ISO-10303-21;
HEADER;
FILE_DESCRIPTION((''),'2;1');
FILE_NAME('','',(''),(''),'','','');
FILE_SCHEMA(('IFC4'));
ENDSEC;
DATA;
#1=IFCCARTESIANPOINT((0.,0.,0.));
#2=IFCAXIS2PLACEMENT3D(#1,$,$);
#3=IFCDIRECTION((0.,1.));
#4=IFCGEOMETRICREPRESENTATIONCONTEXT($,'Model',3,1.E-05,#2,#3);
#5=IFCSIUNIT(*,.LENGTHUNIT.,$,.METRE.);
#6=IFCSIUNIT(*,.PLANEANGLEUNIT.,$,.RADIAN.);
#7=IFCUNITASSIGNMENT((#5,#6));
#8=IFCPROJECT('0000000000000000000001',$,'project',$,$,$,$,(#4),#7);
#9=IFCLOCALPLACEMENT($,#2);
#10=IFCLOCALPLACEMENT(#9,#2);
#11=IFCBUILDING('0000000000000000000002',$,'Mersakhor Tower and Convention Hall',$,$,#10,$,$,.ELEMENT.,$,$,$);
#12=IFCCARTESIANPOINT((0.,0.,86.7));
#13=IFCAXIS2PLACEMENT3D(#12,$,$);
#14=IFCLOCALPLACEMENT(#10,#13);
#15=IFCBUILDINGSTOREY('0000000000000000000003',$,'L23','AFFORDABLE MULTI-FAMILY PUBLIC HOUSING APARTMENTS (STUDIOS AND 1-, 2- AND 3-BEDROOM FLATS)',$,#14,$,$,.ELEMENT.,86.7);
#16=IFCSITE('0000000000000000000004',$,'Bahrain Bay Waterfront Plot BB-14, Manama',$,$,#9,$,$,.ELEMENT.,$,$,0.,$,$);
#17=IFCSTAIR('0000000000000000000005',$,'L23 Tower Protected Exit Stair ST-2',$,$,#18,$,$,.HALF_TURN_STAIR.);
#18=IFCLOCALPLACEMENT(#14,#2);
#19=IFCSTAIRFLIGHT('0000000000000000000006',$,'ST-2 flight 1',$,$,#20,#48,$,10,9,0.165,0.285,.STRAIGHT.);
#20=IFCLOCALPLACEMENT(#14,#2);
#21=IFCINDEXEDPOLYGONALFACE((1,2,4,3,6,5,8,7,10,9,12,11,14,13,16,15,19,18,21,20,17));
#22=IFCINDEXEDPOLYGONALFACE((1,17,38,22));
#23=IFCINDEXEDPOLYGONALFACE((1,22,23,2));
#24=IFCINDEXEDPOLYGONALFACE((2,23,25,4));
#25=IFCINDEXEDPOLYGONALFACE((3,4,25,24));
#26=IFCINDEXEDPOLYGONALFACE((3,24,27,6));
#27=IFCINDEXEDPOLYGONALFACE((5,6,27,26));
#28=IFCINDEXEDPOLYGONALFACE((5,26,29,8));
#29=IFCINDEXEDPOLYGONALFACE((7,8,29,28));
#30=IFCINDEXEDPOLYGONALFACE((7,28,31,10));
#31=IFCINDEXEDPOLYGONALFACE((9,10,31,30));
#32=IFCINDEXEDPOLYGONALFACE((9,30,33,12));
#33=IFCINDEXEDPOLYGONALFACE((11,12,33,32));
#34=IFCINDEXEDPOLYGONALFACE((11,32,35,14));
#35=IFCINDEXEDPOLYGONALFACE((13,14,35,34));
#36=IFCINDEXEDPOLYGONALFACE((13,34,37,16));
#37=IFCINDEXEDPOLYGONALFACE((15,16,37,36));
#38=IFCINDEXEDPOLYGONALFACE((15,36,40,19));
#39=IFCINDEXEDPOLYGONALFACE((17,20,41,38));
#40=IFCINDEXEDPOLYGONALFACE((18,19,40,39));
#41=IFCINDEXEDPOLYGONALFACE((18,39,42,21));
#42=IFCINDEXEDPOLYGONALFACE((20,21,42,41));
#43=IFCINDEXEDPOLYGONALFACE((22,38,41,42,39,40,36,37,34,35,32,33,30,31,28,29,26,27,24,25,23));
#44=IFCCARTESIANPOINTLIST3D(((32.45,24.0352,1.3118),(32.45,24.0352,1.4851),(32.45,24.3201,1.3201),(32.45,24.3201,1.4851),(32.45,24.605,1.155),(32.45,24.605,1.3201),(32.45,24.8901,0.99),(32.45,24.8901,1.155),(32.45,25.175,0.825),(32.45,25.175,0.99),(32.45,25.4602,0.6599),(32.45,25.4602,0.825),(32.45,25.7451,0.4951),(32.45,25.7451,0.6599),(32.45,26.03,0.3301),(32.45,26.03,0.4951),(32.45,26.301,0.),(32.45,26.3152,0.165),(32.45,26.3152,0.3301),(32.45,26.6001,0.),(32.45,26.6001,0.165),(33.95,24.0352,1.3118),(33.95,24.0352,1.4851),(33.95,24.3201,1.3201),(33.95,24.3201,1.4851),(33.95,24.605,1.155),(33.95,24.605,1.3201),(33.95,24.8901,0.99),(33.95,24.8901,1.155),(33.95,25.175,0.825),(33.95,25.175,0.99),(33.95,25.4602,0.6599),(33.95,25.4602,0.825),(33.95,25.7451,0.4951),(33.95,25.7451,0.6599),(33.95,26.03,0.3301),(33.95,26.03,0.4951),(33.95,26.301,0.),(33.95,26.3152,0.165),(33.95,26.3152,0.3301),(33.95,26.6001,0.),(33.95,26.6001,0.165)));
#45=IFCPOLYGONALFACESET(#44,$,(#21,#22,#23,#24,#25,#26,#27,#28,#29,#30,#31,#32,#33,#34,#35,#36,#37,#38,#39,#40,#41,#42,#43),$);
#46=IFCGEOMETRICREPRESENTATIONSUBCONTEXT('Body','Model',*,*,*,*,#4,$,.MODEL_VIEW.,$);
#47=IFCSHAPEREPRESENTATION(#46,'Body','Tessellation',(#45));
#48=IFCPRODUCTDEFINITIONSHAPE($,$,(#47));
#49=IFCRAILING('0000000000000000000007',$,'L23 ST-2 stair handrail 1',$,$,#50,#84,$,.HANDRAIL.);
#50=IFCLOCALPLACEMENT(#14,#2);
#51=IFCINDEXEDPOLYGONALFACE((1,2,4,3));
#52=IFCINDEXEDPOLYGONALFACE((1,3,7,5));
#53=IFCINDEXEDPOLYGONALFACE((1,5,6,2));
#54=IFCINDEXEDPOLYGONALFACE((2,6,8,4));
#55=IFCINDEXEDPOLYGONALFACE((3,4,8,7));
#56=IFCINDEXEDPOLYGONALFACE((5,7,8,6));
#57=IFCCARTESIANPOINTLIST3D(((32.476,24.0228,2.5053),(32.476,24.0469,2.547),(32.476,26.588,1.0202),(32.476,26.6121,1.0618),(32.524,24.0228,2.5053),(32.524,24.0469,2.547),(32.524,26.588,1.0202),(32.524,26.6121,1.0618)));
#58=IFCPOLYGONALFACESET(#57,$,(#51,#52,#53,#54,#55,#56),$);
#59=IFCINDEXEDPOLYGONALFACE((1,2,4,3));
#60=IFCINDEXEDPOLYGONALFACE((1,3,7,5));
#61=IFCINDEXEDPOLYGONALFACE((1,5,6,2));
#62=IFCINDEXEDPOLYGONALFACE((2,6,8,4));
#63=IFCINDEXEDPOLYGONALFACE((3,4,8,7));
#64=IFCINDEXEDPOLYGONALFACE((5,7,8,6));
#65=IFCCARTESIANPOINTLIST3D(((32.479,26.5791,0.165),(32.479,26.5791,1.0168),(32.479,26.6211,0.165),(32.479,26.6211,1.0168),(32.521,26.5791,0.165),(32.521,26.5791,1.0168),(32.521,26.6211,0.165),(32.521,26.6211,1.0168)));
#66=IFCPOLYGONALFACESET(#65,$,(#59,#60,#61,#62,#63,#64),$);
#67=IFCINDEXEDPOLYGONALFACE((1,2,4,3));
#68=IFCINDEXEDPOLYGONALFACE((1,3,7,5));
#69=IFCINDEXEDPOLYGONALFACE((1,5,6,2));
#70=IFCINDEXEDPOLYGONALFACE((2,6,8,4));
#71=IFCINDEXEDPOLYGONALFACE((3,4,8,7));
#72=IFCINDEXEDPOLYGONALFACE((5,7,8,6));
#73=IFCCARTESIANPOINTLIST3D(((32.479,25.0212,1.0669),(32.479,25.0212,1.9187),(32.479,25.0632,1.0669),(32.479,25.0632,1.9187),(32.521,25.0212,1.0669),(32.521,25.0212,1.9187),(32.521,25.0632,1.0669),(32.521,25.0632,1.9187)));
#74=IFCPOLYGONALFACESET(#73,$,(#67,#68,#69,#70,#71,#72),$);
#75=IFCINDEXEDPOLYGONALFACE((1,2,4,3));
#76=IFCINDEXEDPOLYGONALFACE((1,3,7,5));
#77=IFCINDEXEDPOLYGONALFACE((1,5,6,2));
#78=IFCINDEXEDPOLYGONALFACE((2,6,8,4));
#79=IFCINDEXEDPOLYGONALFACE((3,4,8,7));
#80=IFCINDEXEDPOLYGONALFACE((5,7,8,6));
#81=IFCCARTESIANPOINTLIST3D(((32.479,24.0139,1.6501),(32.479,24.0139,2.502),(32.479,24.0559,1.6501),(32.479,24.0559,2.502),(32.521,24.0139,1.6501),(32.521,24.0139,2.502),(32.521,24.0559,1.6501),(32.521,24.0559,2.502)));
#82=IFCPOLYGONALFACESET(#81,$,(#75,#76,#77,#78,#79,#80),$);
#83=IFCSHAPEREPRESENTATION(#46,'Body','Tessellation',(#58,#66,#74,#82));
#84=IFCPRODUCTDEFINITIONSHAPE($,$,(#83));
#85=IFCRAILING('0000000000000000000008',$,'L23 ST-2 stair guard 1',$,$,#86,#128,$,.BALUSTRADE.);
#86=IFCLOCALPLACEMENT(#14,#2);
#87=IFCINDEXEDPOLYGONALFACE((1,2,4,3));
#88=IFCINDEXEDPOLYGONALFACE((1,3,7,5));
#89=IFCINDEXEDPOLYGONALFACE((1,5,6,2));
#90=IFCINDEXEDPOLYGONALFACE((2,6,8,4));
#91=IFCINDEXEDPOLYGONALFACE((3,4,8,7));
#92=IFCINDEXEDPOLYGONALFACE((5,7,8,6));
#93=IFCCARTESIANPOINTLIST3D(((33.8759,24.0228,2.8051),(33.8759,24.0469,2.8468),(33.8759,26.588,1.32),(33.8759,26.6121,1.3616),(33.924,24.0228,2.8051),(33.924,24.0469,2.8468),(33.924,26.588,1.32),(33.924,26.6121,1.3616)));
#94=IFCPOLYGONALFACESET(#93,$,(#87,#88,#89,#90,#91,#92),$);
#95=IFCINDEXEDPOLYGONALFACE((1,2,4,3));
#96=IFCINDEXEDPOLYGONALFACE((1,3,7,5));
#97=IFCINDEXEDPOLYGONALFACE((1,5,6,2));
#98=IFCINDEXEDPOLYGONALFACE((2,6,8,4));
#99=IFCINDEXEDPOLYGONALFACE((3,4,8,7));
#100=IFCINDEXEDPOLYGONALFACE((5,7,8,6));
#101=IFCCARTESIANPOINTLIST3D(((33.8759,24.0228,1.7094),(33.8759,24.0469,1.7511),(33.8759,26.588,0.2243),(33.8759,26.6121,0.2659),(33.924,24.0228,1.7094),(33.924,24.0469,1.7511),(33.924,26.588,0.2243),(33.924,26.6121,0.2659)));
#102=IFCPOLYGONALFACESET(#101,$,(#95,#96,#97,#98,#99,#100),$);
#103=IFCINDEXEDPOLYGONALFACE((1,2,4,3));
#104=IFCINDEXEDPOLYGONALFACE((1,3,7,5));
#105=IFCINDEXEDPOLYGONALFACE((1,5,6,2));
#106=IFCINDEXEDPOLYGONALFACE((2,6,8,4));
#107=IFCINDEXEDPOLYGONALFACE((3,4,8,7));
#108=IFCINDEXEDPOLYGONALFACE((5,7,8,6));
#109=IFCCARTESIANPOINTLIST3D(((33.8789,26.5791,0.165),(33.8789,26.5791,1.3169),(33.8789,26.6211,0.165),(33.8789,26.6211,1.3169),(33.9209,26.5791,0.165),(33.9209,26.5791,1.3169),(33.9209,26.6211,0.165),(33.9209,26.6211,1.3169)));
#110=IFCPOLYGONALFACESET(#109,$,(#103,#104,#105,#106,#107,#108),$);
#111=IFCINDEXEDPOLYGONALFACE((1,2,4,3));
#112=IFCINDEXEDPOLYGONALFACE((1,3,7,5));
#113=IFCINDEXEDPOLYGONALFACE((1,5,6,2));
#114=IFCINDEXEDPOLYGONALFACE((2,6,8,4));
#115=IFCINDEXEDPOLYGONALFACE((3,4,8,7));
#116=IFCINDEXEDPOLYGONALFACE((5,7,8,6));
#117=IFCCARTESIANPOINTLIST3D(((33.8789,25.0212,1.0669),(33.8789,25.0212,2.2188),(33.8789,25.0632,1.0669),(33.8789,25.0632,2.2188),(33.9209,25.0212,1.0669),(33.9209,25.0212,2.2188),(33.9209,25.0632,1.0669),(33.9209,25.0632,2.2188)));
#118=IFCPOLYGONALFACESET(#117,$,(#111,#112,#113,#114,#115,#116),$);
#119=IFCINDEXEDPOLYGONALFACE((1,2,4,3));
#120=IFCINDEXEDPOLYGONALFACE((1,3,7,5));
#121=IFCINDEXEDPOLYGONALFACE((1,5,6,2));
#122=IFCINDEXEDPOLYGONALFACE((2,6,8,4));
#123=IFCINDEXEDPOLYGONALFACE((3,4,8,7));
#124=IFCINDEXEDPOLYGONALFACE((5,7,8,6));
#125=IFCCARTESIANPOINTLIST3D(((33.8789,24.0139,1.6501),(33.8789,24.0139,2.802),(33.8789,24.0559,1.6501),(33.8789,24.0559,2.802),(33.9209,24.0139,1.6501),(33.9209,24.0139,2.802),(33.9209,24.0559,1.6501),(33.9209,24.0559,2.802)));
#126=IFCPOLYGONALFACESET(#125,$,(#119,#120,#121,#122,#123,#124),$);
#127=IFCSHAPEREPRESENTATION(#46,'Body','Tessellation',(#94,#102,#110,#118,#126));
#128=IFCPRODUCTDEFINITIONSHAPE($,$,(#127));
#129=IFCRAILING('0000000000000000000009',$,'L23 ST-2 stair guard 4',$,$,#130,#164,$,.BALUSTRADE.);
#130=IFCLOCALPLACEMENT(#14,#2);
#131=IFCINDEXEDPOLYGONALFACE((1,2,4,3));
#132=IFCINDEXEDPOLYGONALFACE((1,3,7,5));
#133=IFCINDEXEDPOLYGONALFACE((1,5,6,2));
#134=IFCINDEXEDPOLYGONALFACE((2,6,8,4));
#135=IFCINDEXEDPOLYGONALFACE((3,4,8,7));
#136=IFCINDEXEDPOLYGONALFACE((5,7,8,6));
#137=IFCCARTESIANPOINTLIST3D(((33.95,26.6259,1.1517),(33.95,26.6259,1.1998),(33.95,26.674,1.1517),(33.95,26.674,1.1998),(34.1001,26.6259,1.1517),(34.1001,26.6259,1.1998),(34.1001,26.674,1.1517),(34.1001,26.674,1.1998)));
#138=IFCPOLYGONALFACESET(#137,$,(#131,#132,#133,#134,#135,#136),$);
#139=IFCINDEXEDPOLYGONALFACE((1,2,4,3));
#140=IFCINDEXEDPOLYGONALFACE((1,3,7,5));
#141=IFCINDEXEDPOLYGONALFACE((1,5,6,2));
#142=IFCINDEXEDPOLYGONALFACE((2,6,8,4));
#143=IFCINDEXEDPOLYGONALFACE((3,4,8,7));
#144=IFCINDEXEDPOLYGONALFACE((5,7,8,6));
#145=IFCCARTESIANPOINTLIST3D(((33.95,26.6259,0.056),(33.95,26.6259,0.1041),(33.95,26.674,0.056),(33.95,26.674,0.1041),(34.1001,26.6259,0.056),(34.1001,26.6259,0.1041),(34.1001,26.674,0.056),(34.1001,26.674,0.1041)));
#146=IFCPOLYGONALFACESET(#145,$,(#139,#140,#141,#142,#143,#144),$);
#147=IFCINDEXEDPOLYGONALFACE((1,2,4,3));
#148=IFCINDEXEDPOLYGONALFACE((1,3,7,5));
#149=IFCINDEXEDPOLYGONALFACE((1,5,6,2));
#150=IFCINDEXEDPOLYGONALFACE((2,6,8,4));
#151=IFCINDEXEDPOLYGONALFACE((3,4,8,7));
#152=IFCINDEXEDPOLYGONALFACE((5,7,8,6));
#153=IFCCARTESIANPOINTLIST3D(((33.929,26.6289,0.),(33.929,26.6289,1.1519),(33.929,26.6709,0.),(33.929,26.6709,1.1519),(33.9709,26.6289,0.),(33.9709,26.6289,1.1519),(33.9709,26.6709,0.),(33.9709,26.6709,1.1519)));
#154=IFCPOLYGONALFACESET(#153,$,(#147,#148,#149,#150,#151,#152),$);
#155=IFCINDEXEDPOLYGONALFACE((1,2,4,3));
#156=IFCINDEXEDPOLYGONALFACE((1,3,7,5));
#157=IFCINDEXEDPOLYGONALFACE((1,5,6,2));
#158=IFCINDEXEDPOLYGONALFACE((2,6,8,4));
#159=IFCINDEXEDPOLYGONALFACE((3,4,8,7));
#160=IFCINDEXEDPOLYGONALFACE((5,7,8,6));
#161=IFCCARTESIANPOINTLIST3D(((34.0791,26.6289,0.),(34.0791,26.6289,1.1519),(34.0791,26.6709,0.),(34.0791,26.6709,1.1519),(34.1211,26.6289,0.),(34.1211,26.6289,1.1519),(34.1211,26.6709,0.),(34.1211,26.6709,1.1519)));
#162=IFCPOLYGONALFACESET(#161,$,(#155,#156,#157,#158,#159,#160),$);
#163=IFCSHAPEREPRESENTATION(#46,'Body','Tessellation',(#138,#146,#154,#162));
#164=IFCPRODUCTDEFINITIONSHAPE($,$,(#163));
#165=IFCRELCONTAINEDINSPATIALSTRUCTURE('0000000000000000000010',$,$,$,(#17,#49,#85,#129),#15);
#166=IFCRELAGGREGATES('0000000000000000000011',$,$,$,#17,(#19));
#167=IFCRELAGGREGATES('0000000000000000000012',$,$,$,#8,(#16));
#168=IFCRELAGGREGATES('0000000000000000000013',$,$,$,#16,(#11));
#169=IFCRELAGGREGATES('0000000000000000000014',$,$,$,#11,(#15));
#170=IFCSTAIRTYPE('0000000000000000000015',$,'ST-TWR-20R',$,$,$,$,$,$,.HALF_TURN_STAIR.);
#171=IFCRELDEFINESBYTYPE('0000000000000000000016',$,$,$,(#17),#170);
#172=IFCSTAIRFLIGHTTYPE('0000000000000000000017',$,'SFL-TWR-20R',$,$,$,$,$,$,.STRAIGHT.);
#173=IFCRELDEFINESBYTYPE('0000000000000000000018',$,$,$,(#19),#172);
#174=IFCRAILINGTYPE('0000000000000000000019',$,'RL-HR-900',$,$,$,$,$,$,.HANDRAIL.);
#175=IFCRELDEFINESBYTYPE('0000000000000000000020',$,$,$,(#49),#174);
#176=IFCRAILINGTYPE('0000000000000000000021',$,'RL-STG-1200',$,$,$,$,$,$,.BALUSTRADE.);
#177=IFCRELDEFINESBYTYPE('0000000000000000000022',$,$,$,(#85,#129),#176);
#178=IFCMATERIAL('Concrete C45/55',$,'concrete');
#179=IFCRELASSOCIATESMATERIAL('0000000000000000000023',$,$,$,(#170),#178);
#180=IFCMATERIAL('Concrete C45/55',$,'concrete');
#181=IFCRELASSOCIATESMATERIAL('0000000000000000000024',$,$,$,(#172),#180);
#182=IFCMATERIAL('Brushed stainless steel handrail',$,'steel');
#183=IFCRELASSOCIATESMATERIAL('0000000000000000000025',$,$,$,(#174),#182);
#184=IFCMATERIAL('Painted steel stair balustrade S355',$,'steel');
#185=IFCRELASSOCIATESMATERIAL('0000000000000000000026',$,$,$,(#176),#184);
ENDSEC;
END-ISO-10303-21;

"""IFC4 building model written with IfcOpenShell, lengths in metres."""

from ifc_helpers import new_model, si_unit, direction, frame, origin, origin_2d, place, context, subcontext, project, spatial, polyline, rectangle, outline, extrude, material, type_object, element, aggregate, save


model = new_model("IFC4")

# Units and contexts
model_context = context("Model", 3, precision=1e-05, world=origin(), true_north=direction((0.0, 1.0)))
body_context = subcontext(model_context, "Body", "Model", "MODEL_VIEW")
ifc_project = project(units=[si_unit("LENGTHUNIT", "METRE"), si_unit("PLANEANGLEUNIT", "RADIAN")], contexts=[model_context])

# Site, building, storey
site_placement = place(None, origin())
site = spatial("IfcSite", under=ifc_project, at=site_placement, Name="Bahrain Bay Waterfront Plot BB-14, Manama", CompositionType="ELEMENT", RefElevation=0.0)
building_placement = place(site_placement, origin())
building = spatial("IfcBuilding", under=site, at=building_placement, Name="Mersakhor Tower and Convention Hall", CompositionType="ELEMENT")
storey_placement = place(building_placement, frame((0.0, 0.0, 86.7)))
storey = spatial("IfcBuildingStorey", under=building, at=storey_placement, Name="L23", Description="AFFORDABLE MULTI-FAMILY PUBLIC HOUSING APARTMENTS (STUDIOS AND 1-, 2- AND 3-BEDROOM FLATS)", CompositionType="ELEMENT", Elevation=86.7)

# Stair, stair flight
ifc_material_1 = material(Name="Concrete C45/55", Category="concrete")
stair_type = type_object("IfcStairType", Name="ST-TWR-20R", PredefinedType="HALF_TURN_STAIR", material=ifc_material_1)
stair_placement = place(storey_placement, origin())
stair = element("IfcStair", 1, at=stair_placement, inside=storey, type_object=stair_type, Name="L23 Tower Protected Exit Stair ST-2", PredefinedType="HALF_TURN_STAIR")
ifc_material_2 = material(Name="Concrete C45/55", Category="concrete")
stair_flight_type = type_object("IfcStairFlightType", Name="SFL-TWR-20R", PredefinedType="STRAIGHT", material=ifc_material_2)
stair_flight_placement = place(storey_placement, frame((33.2, 26.6001, 0.0), z_axis=(0.0, 0.0, 1.0), x_axis=(0.0, -1.0, 0.0)))
stair_flight = element("IfcStairFlight", 2, at=stair_flight_placement, type_object=stair_flight_type, Name="ST-2 flight 1", NumberOfRisers=10, NumberOfTreads=9, PredefinedType="STRAIGHT", RiserHeight=0.165, TreadLength=0.285, context=body_context, shape_type="SweptSolid", body=[
    extrude(outline(polyline([(0.0, 0.0), (0.0, 0.165), (0.2849, 0.165), (0.2849, 0.3301), (0.5701, 0.3301), (0.5701, 0.4951), (0.855, 0.4951), (0.855, 0.6599), (1.1399, 0.6599), (1.1399, 0.825), (1.425, 0.825), (1.425, 0.99), (1.71, 0.99), (1.71, 1.155), (1.9951, 1.155), (1.9951, 1.3201), (2.28, 1.3201), (2.28, 1.4851), (2.5649, 1.4851), (2.5649, 1.6499), (2.5649, 1.3118), (0.2991, 0.0), (0.0, 0.0)])), frame((0.0, 0.75, 0.0), z_axis=(0.0, -1.0, 0.0), x_axis=(1.0, 0.0, 0.0)), (0.0, 0.0, 1.0), 1.5),
])
aggregate(stair, [stair_flight])

# Railings
ifc_material_3 = material(Name="Brushed stainless steel handrail", Category="steel")
railing_type_1 = type_object("IfcRailingType", Name="RL-HR-900", PredefinedType="HANDRAIL", material=ifc_material_3)
railing_1_placement = place(storey_placement, frame((32.5, 26.6001, 0.165)))
element("IfcRailing", 3, at=railing_1_placement, inside=storey, type_object=railing_type_1, Name="L23 ST-2 stair handrail 1", PredefinedType="HANDRAIL", context=body_context, shape_type="SweptSolid", body=[
    extrude(rectangle(XDim=0.0481, YDim=0.0481, at=origin_2d()), frame((0.0, 0.0, 0.876), z_axis=(0.0, -0.865426, 0.501036), x_axis=(1.0, 0.0, 0.0)), (0.0, 0.0, 1.0), 2.9641),
    extrude(rectangle(XDim=0.042, YDim=0.042, at=origin_2d()), origin(), (0.0, 0.0, 1.0), 0.8518),
    extrude(rectangle(XDim=0.042, YDim=0.042, at=origin_2d()), frame((0.0, -1.5579, 0.9019)), (0.0, 0.0, 1.0), 0.8518),
    extrude(rectangle(XDim=0.042, YDim=0.042, at=origin_2d()), frame((0.0, -2.5652, 1.4851)), (0.0, 0.0, 1.0), 0.8518),
])
ifc_material_4 = material(Name="Painted steel stair balustrade S355", Category="steel")
railing_type_2 = type_object("IfcRailingType", Name="RL-STG-1200", PredefinedType="BALUSTRADE", material=ifc_material_4)
railing_2_placement = place(storey_placement, frame((33.8999, 26.6001, 0.165)))
element("IfcRailing", 4, at=railing_2_placement, inside=storey, type_object=railing_type_2, Name="L23 ST-2 stair guard 1", PredefinedType="BALUSTRADE", context=body_context, shape_type="SweptSolid", body=[
    extrude(rectangle(XDim=0.0481, YDim=0.0481, at=origin_2d()), frame((0.0, 0.0, 1.1758), z_axis=(0.0, -0.865426, 0.501036), x_axis=(1.0, 0.0, 0.0)), (0.0, 0.0, 1.0), 2.9641),
    extrude(rectangle(XDim=0.0481, YDim=0.0481, at=origin_2d()), frame((0.0, 0.0, 0.0801), z_axis=(0.0, -0.865426, 0.501036), x_axis=(1.0, 0.0, 0.0)), (0.0, 0.0, 1.0), 2.9641),
    extrude(rectangle(XDim=0.042, YDim=0.042, at=origin_2d()), origin(), (0.0, 0.0, 1.0), 1.1519),
    extrude(rectangle(XDim=0.042, YDim=0.042, at=origin_2d()), frame((0.0, -1.5579, 0.9019)), (0.0, 0.0, 1.0), 1.1519),
    extrude(rectangle(XDim=0.042, YDim=0.042, at=origin_2d()), frame((0.0, -2.5652, 1.4851)), (0.0, 0.0, 1.0), 1.1519),
])
railing_3_placement = place(storey_placement, frame((33.95, 26.6499, 0.0)))
element("IfcRailing", 5, at=railing_3_placement, inside=storey, type_object=railing_type_2, Name="L23 ST-2 stair guard 4", PredefinedType="BALUSTRADE", context=body_context, shape_type="SweptSolid", body=[
    extrude(rectangle(XDim=0.0481, YDim=0.0481, at=origin_2d()), frame((0.0, 0.0, 1.1758), z_axis=(1.0, 0.0, 0.0), x_axis=(0.0, 1.0, 0.0)), (0.0, 0.0, 1.0), 0.1501),
    extrude(rectangle(XDim=0.0481, YDim=0.0481, at=origin_2d()), frame((0.0, 0.0, 0.0801), z_axis=(1.0, 0.0, 0.0), x_axis=(0.0, 1.0, 0.0)), (0.0, 0.0, 1.0), 0.1501),
    extrude(rectangle(XDim=0.042, YDim=0.042, at=origin_2d()), origin(), (0.0, 0.0, 1.0), 1.1519),
    extrude(rectangle(XDim=0.042, YDim=0.042, at=origin_2d()), frame((0.1501, 0.0, 0.0)), (0.0, 0.0, 1.0), 1.1519),
])

save(model, "model.ifc")
